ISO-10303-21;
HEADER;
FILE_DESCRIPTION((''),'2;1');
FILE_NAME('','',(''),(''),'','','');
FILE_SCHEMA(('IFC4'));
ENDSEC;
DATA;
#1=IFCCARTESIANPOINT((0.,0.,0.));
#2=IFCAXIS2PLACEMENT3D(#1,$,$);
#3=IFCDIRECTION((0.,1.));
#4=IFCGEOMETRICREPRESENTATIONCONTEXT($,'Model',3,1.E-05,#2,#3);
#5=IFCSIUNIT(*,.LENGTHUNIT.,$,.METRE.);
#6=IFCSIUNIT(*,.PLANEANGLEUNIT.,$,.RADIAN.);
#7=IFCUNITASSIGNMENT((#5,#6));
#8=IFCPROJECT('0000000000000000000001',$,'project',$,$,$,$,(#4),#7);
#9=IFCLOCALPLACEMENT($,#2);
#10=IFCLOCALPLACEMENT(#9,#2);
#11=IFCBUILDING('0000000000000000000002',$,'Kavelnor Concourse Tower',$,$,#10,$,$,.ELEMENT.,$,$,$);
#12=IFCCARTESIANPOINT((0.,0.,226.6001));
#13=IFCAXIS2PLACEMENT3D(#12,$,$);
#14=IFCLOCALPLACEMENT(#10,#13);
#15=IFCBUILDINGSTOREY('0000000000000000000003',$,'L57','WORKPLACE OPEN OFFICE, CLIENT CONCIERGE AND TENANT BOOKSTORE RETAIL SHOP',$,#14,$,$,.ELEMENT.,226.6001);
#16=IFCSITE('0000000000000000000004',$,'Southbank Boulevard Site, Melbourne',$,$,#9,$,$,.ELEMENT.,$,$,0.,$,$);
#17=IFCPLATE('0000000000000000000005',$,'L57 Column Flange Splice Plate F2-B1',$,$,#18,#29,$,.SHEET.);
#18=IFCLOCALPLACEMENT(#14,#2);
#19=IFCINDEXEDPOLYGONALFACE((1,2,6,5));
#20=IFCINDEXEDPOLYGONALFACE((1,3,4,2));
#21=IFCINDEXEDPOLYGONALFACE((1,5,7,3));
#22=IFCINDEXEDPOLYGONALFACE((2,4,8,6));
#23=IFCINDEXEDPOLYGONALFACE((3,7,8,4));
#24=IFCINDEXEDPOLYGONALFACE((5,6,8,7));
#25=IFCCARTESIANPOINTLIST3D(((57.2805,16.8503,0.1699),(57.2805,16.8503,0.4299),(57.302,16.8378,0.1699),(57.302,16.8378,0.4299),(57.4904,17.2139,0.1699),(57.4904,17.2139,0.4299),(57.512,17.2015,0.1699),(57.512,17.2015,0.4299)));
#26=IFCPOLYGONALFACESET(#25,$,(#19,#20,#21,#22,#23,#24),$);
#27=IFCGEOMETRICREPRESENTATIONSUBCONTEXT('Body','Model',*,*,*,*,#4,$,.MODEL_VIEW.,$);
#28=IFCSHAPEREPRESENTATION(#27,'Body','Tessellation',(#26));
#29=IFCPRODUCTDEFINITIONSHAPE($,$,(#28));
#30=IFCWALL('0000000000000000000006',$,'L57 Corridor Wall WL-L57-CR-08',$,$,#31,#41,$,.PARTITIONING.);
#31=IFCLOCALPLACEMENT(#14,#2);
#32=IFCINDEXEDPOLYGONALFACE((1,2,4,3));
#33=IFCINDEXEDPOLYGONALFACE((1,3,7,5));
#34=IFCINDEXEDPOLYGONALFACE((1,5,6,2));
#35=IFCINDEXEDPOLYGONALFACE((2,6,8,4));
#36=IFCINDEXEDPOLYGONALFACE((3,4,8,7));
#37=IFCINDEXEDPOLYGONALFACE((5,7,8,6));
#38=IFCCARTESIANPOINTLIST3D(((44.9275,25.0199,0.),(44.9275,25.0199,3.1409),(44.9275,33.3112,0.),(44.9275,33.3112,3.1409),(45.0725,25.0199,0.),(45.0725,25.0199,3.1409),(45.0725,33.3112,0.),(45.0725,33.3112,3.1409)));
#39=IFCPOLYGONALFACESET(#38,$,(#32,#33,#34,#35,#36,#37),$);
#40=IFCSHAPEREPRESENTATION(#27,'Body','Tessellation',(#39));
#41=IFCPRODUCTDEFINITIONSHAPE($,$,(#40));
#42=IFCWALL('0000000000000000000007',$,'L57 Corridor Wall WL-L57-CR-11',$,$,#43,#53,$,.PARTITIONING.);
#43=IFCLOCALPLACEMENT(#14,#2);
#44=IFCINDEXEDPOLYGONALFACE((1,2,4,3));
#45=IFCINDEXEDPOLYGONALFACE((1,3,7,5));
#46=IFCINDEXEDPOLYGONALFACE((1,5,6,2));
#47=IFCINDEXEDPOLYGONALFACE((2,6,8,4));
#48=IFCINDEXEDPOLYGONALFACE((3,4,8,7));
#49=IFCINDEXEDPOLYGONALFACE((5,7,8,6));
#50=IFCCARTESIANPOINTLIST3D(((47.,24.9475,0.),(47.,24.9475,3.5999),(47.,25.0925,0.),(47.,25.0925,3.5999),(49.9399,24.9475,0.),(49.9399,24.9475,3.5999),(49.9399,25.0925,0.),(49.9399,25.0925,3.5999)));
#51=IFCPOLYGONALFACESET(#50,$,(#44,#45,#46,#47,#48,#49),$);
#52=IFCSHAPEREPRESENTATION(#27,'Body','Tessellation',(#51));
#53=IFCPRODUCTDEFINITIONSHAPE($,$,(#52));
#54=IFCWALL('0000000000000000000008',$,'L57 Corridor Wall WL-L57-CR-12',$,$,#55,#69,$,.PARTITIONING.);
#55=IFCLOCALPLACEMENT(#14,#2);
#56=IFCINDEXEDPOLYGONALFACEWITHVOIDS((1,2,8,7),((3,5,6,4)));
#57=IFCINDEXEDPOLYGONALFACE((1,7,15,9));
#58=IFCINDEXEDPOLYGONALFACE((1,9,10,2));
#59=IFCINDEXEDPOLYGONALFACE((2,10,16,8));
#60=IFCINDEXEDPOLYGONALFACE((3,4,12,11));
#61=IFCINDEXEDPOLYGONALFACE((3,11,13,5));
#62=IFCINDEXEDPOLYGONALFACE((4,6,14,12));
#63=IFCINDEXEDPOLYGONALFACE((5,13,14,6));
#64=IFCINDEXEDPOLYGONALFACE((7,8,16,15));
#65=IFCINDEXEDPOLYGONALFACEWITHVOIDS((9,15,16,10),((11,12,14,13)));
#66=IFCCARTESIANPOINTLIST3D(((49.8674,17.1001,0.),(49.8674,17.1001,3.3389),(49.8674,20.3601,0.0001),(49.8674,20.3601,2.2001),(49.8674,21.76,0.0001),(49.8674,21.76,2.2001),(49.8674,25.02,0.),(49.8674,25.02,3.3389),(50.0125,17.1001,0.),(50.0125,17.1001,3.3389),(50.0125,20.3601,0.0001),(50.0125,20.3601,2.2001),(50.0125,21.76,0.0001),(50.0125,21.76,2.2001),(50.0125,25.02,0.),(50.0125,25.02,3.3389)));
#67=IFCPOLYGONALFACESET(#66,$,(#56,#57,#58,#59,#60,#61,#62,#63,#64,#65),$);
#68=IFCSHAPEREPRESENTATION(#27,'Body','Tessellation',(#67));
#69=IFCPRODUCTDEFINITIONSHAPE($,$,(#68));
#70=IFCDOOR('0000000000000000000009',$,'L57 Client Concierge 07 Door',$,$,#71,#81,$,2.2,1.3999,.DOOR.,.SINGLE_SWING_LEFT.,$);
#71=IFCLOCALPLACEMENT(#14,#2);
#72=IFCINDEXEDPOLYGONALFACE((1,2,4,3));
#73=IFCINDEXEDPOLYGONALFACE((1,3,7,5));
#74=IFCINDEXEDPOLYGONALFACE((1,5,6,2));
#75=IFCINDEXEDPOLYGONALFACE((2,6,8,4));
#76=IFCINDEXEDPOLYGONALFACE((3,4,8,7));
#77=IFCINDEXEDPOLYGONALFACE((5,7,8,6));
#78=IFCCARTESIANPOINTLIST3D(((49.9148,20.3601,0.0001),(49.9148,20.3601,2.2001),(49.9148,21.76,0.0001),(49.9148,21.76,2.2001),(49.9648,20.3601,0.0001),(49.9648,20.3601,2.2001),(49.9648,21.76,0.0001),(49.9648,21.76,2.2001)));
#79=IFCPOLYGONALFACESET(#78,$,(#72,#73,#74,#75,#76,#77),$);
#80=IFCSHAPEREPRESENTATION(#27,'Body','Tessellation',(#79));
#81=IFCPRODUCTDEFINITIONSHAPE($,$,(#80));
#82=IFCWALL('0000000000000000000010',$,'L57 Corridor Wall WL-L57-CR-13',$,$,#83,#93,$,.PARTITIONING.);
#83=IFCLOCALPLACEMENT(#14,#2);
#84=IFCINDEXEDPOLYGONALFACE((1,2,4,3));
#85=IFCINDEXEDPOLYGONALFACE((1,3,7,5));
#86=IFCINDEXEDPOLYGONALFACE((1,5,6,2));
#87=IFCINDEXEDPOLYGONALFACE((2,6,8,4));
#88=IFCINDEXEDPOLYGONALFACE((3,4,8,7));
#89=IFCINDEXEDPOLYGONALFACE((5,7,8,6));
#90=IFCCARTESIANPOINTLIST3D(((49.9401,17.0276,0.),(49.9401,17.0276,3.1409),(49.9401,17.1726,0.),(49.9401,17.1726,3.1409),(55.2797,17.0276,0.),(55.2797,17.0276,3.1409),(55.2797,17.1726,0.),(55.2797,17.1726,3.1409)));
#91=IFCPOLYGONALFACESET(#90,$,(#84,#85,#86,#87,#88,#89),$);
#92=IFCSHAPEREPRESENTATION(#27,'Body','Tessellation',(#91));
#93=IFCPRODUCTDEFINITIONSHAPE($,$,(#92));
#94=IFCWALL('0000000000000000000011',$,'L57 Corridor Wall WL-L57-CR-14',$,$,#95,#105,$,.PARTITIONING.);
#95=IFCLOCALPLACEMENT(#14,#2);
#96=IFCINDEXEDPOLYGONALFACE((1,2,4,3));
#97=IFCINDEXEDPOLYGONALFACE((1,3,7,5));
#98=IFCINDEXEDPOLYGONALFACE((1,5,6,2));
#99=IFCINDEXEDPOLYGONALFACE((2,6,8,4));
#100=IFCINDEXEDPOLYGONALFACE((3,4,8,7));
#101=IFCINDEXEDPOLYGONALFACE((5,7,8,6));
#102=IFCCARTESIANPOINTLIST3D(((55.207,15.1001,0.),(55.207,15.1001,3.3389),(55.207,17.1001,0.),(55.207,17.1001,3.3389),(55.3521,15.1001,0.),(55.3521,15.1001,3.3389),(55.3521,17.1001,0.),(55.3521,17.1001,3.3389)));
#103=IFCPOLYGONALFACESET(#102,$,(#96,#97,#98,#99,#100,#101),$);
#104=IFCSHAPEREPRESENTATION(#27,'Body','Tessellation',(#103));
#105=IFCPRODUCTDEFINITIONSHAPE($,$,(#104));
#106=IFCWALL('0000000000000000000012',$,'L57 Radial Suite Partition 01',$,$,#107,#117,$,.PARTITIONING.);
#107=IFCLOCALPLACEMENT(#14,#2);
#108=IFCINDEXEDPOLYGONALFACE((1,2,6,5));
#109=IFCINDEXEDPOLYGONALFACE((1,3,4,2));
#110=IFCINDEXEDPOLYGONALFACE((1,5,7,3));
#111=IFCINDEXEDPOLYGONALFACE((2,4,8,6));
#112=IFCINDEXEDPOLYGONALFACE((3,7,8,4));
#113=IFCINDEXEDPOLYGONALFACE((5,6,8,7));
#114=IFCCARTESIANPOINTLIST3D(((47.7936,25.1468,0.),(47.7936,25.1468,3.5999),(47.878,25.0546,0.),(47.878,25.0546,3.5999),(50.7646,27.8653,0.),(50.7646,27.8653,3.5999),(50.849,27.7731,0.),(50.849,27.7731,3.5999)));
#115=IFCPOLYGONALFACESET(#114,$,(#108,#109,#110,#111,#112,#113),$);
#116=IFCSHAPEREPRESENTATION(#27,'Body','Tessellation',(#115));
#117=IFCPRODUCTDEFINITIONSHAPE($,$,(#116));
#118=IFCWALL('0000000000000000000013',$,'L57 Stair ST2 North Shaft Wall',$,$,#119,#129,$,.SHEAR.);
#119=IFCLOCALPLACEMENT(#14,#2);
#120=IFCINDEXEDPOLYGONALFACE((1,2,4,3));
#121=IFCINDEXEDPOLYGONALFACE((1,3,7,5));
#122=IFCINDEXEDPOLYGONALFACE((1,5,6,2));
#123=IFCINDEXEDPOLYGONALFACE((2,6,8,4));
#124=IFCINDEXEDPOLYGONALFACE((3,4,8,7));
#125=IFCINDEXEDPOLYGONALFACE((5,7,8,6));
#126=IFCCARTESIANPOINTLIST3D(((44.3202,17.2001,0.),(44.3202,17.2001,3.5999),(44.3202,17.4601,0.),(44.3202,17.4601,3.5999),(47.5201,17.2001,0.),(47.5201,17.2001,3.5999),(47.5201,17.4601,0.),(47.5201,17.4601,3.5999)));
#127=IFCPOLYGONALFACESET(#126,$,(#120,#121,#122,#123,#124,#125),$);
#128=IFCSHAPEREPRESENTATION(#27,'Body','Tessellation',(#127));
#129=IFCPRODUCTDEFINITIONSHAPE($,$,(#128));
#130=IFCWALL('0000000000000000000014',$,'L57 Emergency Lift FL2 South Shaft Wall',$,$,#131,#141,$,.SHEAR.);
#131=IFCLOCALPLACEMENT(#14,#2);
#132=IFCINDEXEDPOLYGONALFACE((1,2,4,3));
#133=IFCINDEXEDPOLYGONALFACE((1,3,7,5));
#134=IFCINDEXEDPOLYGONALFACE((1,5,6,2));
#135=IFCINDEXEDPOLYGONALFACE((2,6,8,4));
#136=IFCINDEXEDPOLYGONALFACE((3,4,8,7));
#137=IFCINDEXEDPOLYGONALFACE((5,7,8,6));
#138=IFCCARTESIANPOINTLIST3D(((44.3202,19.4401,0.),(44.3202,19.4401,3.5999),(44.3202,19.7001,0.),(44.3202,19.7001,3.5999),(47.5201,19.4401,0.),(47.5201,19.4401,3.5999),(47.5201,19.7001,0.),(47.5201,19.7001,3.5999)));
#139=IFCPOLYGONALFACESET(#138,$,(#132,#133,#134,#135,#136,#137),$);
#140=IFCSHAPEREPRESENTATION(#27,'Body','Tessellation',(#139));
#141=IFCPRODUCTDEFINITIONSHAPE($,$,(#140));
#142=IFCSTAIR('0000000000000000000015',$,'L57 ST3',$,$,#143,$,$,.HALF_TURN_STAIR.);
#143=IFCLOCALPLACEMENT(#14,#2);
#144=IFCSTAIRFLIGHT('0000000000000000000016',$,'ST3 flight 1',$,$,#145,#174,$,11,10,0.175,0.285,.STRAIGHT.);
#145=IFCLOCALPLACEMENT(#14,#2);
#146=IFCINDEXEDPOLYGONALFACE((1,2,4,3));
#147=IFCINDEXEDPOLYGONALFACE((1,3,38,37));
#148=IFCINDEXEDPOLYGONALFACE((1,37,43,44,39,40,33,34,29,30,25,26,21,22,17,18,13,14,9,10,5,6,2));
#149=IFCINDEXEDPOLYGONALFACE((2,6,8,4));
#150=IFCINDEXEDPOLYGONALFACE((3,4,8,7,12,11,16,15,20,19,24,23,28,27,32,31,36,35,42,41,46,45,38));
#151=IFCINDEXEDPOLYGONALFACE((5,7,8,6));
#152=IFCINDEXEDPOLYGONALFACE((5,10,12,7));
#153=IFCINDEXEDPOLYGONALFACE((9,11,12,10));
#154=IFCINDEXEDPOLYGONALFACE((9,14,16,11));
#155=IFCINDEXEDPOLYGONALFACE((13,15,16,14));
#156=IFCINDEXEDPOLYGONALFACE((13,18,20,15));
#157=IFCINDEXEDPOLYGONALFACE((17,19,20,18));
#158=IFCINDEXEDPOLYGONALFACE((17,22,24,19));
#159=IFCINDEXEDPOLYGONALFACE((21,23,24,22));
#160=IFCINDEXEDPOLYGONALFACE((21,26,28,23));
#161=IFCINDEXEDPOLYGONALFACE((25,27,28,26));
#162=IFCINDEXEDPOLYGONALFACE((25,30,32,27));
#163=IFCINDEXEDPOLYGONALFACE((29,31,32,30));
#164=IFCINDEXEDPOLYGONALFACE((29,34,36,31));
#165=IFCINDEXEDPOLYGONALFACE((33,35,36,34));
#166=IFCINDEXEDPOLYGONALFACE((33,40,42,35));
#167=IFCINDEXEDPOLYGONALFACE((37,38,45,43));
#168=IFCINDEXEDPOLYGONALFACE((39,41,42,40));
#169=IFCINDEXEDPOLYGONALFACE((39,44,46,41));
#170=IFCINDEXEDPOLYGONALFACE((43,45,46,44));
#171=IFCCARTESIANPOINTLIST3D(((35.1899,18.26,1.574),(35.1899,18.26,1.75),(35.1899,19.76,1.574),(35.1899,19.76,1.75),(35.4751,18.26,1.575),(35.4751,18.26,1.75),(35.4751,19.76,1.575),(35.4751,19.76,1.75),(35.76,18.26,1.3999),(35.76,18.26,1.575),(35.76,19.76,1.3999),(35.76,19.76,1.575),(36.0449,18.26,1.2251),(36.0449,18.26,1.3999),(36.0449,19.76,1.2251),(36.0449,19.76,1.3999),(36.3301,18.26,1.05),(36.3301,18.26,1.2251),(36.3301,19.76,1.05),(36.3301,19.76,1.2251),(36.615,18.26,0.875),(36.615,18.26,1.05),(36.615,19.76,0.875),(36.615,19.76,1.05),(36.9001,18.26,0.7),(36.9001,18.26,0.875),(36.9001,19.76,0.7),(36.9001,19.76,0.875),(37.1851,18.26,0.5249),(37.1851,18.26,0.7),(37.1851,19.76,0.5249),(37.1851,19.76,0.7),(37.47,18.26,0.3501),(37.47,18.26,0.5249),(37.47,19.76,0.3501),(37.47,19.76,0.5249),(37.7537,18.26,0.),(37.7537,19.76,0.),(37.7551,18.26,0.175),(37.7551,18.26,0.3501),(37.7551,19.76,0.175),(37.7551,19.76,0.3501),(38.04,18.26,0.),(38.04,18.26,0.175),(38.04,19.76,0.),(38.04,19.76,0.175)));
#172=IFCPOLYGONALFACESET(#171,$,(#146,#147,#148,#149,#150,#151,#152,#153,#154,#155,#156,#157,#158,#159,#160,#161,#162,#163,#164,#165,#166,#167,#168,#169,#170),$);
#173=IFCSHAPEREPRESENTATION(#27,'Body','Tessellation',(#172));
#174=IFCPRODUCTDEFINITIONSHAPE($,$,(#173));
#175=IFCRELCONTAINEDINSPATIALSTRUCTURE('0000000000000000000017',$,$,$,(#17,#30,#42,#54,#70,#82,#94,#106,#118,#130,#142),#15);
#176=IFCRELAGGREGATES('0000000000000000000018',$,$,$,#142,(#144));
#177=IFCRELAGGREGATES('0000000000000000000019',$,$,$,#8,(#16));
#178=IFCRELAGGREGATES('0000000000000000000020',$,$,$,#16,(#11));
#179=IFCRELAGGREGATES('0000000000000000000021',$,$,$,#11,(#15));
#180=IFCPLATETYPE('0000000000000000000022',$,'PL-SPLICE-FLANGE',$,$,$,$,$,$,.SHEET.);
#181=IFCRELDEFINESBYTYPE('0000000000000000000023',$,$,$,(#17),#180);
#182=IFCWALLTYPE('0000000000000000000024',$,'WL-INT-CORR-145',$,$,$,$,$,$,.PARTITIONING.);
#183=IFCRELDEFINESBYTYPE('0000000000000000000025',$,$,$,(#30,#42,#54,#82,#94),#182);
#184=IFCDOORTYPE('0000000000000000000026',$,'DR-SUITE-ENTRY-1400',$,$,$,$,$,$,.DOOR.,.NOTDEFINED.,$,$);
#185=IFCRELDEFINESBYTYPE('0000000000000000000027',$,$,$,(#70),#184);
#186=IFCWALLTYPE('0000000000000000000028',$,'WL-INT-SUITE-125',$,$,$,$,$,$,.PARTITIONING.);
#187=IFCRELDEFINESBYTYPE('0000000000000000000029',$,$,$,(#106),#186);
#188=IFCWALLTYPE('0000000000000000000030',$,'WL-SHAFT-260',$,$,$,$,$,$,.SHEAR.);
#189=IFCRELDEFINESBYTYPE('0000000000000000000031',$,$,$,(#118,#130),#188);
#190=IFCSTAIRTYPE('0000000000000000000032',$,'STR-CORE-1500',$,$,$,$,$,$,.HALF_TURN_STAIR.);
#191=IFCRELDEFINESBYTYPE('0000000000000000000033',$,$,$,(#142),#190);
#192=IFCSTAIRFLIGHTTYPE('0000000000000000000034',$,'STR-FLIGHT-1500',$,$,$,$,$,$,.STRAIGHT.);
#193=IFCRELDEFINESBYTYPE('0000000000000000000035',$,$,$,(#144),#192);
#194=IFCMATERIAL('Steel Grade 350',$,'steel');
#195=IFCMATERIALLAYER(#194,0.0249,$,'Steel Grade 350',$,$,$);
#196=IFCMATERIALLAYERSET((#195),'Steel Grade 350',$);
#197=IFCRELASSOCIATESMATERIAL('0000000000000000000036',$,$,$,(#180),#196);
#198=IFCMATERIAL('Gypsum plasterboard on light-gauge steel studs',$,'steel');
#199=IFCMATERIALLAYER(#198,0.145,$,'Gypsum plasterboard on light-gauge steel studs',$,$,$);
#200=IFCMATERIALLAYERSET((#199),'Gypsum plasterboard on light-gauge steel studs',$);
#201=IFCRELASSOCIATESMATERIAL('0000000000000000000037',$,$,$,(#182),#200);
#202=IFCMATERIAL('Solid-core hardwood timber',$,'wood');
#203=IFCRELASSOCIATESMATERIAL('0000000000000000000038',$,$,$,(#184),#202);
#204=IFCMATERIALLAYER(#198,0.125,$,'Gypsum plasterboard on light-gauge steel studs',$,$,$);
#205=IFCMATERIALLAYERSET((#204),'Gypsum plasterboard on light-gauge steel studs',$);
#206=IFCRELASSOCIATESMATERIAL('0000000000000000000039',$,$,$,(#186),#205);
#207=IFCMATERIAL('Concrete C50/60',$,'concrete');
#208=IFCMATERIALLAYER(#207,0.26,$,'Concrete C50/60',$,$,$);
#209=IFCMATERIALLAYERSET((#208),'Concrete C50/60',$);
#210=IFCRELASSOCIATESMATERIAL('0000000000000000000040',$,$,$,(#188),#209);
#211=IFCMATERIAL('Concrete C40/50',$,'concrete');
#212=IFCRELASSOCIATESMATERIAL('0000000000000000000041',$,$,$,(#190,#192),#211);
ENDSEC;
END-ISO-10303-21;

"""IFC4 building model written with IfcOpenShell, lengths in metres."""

from ifc_helpers import new_model, si_unit, direction, frame, frame_2d, origin, origin_2d, place, context, subcontext, project, spatial, polyline, rectangle, outline, extrude, material, layer, layer_set, type_object, element, fill, aggregate, save


model = new_model("IFC4")

# Units and contexts
model_context = context("Model", 3, precision=1e-05, world=origin(), true_north=direction((0.0, 1.0)))
body_context = subcontext(model_context, "Body", "Model", "MODEL_VIEW")
ifc_project = project(units=[si_unit("LENGTHUNIT", "METRE"), si_unit("PLANEANGLEUNIT", "RADIAN")], contexts=[model_context])

# Site, building, storey
site_placement = place(None, origin())
site = spatial("IfcSite", under=ifc_project, at=site_placement, Name="Southbank Boulevard Site, Melbourne", CompositionType="ELEMENT", RefElevation=0.0)
building_placement = place(site_placement, origin())
building = spatial("IfcBuilding", under=site, at=building_placement, Name="Kavelnor Concourse Tower", CompositionType="ELEMENT")
storey_placement = place(building_placement, frame((0.0, 0.0, 226.6001)))
storey = spatial("IfcBuildingStorey", under=building, at=storey_placement, Name="L57", Description="WORKPLACE OPEN OFFICE, CLIENT CONCIERGE AND TENANT BOOKSTORE RETAIL SHOP", CompositionType="ELEMENT", Elevation=226.6001)

# Shared definitions
ifc_material_1 = material(Name="Steel Grade 350", Category="steel")

# Plate
ifc_layer_1 = layer(ifc_material_1, 0.0249, Name="Steel Grade 350")
ifc_layer_set_1 = layer_set([ifc_layer_1], Name="Steel Grade 350")
plate_type_1 = type_object("IfcPlateType", Name="PL-SPLICE-FLANGE", PredefinedType="SHEET", material=ifc_layer_set_1)
plate_1_placement = place(storey_placement, frame((57.3962, 17.0259, 0.1699), z_axis=(0.0, 0.0, 1.0), x_axis=(-0.5, -0.866025, 0.0)))
element("IfcPlate", 1, at=plate_1_placement, inside=storey, type_object=plate_type_1, Name="L57 Column Flange Splice Plate F2-B1", PredefinedType="SHEET", context=body_context, shape_type="SweptSolid", body=[
    extrude(rectangle(XDim=0.4199, YDim=0.0249, at=origin_2d()), origin(), (0.0, 0.0, 1.0), 0.26),
])

# Walls
ifc_material_2 = material(Name="Gypsum plasterboard on light-gauge steel studs", Category="steel")
ifc_layer_2 = layer(ifc_material_2, 0.145, Name="Gypsum plasterboard on light-gauge steel studs")
ifc_layer_set_2 = layer_set([ifc_layer_2], Name="Gypsum plasterboard on light-gauge steel studs")
wall_type_1 = type_object("IfcWallType", Name="WL-INT-CORR-145", PredefinedType="PARTITIONING", material=ifc_layer_set_2)
wall_1_placement = place(storey_placement, frame((45.0, 25.02, 0.0), z_axis=(0.0, 0.0, 1.0), x_axis=(0.0, 1.0, 0.0)))
element("IfcWall", 2, at=wall_1_placement, inside=storey, type_object=wall_type_1, Name="L57 Corridor Wall WL-L57-CR-08", PredefinedType="PARTITIONING", context=body_context, shape_type="SweptSolid", body=[
    extrude(rectangle(XDim=8.2913, YDim=0.145, at=frame_2d((4.1455, 0.0))), origin(), (0.0, 0.0, 1.0), 3.1409),
])
wall_2_placement = place(storey_placement, frame((47.0, 25.02, 0.0), z_axis=(0.0, 0.0, 1.0), x_axis=(1.0, 0.0, 0.0)))
element("IfcWall", 3, at=wall_2_placement, inside=storey, type_object=wall_type_1, Name="L57 Corridor Wall WL-L57-CR-11", PredefinedType="PARTITIONING", context=body_context, shape_type="SweptSolid", body=[
    extrude(rectangle(XDim=2.9399, YDim=0.145, at=frame_2d((1.47, 0.0))), origin(), (0.0, 0.0, 1.0), 3.5999),
])

# Wall, opening, door
wall_3_placement = place(storey_placement, frame((49.9399, 25.02, 0.0), z_axis=(0.0, 0.0, 1.0), x_axis=(0.0, -1.0, 0.0)))
wall_3 = element("IfcWall", 4, at=wall_3_placement, inside=storey, type_object=wall_type_1, Name="L57 Corridor Wall WL-L57-CR-12", PredefinedType="PARTITIONING", context=body_context, shape_type="SweptSolid", body=[
    extrude(rectangle(XDim=7.9199, YDim=0.145, at=frame_2d((3.96, 0.0))), origin(), (0.0, 0.0, 1.0), 3.3389),
])
opening_placement = place(wall_3_placement, frame((3.26, 0.0, 0.0)))
opening = element("IfcOpeningElement", 5, at=opening_placement, cuts=wall_3, PredefinedType="OPENING", context=body_context, shape_type="SweptSolid", body=[
    extrude(rectangle(XDim=1.3999, YDim=2.2, at=frame_2d((0.7, 1.1001))), frame((0.0, 0.0825, 0.0), z_axis=(0.0, -1.0, 0.0), x_axis=(1.0, 0.0, 0.0)), (0.0, 0.0, 1.0), 0.165),
])
ifc_material_3 = material(Name="Solid-core hardwood timber", Category="wood")
door_type = type_object("IfcDoorType", Name="DR-SUITE-ENTRY-1400", OperationType="NOTDEFINED", PredefinedType="DOOR", material=ifc_material_3)
door_placement = place(opening_placement, origin())
door = element("IfcDoor", 6, at=door_placement, inside=storey, type_object=door_type, Name="L57 Client Concierge 07 Door", OperationType="SINGLE_SWING_LEFT", OverallHeight=2.2, OverallWidth=1.3999, PredefinedType="DOOR", context=body_context, shape_type="SweptSolid", body=[
    extrude(rectangle(XDim=1.3999, YDim=2.2, at=frame_2d((0.7, 1.1001))), frame((0.0, 0.0249, 0.0), z_axis=(0.0, -1.0, 0.0), x_axis=(1.0, 0.0, 0.0)), (0.0, 0.0, 1.0), 0.05),
])
fill(opening, door)

# Walls
wall_4_placement = place(storey_placement, frame((49.9399, 17.1001, 0.0), z_axis=(0.0, 0.0, 1.0), x_axis=(1.0, 0.0, 0.0)))
element("IfcWall", 7, at=wall_4_placement, inside=storey, type_object=wall_type_1, Name="L57 Corridor Wall WL-L57-CR-13", PredefinedType="PARTITIONING", context=body_context, shape_type="SweptSolid", body=[
    extrude(rectangle(XDim=5.3396, YDim=0.145, at=frame_2d((2.6699, 0.0))), origin(), (0.0, 0.0, 1.0), 3.1409),
])
wall_5_placement = place(storey_placement, frame((55.2795, 17.1001, 0.0), z_axis=(0.0, 0.0, 1.0), x_axis=(0.0, -1.0, 0.0)))
element("IfcWall", 8, at=wall_5_placement, inside=storey, type_object=wall_type_1, Name="L57 Corridor Wall WL-L57-CR-14", PredefinedType="PARTITIONING", context=body_context, shape_type="SweptSolid", body=[
    extrude(rectangle(XDim=2.0, YDim=0.145, at=frame_2d((1.0, 0.0))), origin(), (0.0, 0.0, 1.0), 3.3389),
])
ifc_layer_3 = layer(ifc_material_2, 0.125, Name="Gypsum plasterboard on light-gauge steel studs")
ifc_layer_set_3 = layer_set([ifc_layer_3], Name="Gypsum plasterboard on light-gauge steel studs")
wall_type_2 = type_object("IfcWallType", Name="WL-INT-SUITE-125", PredefinedType="PARTITIONING", material=ifc_layer_set_3)
wall_6_placement = place(storey_placement, frame((47.8357, 25.1006, 0.0), z_axis=(0.0, 0.0, 1.0), x_axis=(0.737755, 0.675068, 0.0)))
element("IfcWall", 9, at=wall_6_placement, inside=storey, type_object=wall_type_2, Name="L57 Radial Suite Partition 01", PredefinedType="PARTITIONING", context=body_context, shape_type="SweptSolid", body=[
    extrude(rectangle(XDim=4.0271, YDim=0.125, at=frame_2d((2.0137, 0.0))), origin(), (0.0, 0.0, 1.0), 3.5999),
])
ifc_material_4 = material(Name="Concrete C50/60", Category="concrete")
ifc_layer_4 = layer(ifc_material_4, 0.26, Name="Concrete C50/60")
ifc_layer_set_4 = layer_set([ifc_layer_4], Name="Concrete C50/60")
wall_type_3 = type_object("IfcWallType", Name="WL-SHAFT-260", PredefinedType="SHEAR", material=ifc_layer_set_4)
for number, where, z_axis, x_axis, name in (
    (10, (44.3201, 17.3301, 0.0), (0.0, 0.0, 1.0), (1.0, 0.0, 0.0), "L57 Stair ST2 North Shaft Wall"),
    (11, (44.3201, 19.5701, 0.0), (0.0, 0.0, 1.0), (1.0, 0.0, 0.0), "L57 Emergency Lift FL2 South Shaft Wall"),
):
    element("IfcWall", number, at=place(storey_placement, frame(where, z_axis=z_axis, x_axis=x_axis)), inside=storey, type_object=wall_type_3, Name=name, PredefinedType="SHEAR", context=body_context, shape_type="SweptSolid", body=[
        extrude(rectangle(XDim=3.2, YDim=0.26, at=frame_2d((1.6001, 0.0))), origin(), (0.0, 0.0, 1.0), 3.5999),
    ])

# Stair, stair flight
ifc_material_5 = material(Name="Concrete C40/50", Category="concrete")
stair_type = type_object("IfcStairType", Name="STR-CORE-1500", PredefinedType="HALF_TURN_STAIR", material=ifc_material_5)
stair_placement = place(storey_placement, origin())
stair = element("IfcStair", 12, at=stair_placement, inside=storey, type_object=stair_type, Name="L57 ST3", PredefinedType="HALF_TURN_STAIR")
stair_flight_type = type_object("IfcStairFlightType", Name="STR-FLIGHT-1500", PredefinedType="STRAIGHT", material=ifc_material_5)
stair_flight_placement = place(storey_placement, frame((38.04, 19.01, 0.0), z_axis=(0.0, 0.0, 1.0), x_axis=(-1.0, 0.0, 0.0)))
stair_flight = element("IfcStairFlight", 13, at=stair_flight_placement, type_object=stair_flight_type, Name="ST3 flight 1", NumberOfRisers=11, NumberOfTreads=10, PredefinedType="STRAIGHT", RiserHeight=0.175, TreadLength=0.285, context=body_context, shape_type="SweptSolid", body=[
    extrude(outline(polyline([(0.0, 0.0), (0.0, 0.175), (0.2849, 0.175), (0.2849, 0.3501), (0.5701, 0.3501), (0.5701, 0.5249), (0.855, 0.5249), (0.855, 0.7), (1.1399, 0.7), (1.1399, 0.875), (1.425, 0.875), (1.425, 1.05), (1.71, 1.05), (1.71, 1.2251), (1.9951, 1.2251), (1.9951, 1.3999), (2.28, 1.3999), (2.28, 1.575), (2.5649, 1.575), (2.5649, 1.75), (2.8501, 1.75), (2.8501, 1.925), (2.8501, 1.574), (0.2864, 0.0), (0.0, 0.0)])), frame((0.0, 0.75, 0.0), z_axis=(0.0, -1.0, 0.0), x_axis=(1.0, 0.0, 0.0)), (0.0, 0.0, 1.0), 1.5),
])
aggregate(stair, [stair_flight])

save(model, "model.ifc")
